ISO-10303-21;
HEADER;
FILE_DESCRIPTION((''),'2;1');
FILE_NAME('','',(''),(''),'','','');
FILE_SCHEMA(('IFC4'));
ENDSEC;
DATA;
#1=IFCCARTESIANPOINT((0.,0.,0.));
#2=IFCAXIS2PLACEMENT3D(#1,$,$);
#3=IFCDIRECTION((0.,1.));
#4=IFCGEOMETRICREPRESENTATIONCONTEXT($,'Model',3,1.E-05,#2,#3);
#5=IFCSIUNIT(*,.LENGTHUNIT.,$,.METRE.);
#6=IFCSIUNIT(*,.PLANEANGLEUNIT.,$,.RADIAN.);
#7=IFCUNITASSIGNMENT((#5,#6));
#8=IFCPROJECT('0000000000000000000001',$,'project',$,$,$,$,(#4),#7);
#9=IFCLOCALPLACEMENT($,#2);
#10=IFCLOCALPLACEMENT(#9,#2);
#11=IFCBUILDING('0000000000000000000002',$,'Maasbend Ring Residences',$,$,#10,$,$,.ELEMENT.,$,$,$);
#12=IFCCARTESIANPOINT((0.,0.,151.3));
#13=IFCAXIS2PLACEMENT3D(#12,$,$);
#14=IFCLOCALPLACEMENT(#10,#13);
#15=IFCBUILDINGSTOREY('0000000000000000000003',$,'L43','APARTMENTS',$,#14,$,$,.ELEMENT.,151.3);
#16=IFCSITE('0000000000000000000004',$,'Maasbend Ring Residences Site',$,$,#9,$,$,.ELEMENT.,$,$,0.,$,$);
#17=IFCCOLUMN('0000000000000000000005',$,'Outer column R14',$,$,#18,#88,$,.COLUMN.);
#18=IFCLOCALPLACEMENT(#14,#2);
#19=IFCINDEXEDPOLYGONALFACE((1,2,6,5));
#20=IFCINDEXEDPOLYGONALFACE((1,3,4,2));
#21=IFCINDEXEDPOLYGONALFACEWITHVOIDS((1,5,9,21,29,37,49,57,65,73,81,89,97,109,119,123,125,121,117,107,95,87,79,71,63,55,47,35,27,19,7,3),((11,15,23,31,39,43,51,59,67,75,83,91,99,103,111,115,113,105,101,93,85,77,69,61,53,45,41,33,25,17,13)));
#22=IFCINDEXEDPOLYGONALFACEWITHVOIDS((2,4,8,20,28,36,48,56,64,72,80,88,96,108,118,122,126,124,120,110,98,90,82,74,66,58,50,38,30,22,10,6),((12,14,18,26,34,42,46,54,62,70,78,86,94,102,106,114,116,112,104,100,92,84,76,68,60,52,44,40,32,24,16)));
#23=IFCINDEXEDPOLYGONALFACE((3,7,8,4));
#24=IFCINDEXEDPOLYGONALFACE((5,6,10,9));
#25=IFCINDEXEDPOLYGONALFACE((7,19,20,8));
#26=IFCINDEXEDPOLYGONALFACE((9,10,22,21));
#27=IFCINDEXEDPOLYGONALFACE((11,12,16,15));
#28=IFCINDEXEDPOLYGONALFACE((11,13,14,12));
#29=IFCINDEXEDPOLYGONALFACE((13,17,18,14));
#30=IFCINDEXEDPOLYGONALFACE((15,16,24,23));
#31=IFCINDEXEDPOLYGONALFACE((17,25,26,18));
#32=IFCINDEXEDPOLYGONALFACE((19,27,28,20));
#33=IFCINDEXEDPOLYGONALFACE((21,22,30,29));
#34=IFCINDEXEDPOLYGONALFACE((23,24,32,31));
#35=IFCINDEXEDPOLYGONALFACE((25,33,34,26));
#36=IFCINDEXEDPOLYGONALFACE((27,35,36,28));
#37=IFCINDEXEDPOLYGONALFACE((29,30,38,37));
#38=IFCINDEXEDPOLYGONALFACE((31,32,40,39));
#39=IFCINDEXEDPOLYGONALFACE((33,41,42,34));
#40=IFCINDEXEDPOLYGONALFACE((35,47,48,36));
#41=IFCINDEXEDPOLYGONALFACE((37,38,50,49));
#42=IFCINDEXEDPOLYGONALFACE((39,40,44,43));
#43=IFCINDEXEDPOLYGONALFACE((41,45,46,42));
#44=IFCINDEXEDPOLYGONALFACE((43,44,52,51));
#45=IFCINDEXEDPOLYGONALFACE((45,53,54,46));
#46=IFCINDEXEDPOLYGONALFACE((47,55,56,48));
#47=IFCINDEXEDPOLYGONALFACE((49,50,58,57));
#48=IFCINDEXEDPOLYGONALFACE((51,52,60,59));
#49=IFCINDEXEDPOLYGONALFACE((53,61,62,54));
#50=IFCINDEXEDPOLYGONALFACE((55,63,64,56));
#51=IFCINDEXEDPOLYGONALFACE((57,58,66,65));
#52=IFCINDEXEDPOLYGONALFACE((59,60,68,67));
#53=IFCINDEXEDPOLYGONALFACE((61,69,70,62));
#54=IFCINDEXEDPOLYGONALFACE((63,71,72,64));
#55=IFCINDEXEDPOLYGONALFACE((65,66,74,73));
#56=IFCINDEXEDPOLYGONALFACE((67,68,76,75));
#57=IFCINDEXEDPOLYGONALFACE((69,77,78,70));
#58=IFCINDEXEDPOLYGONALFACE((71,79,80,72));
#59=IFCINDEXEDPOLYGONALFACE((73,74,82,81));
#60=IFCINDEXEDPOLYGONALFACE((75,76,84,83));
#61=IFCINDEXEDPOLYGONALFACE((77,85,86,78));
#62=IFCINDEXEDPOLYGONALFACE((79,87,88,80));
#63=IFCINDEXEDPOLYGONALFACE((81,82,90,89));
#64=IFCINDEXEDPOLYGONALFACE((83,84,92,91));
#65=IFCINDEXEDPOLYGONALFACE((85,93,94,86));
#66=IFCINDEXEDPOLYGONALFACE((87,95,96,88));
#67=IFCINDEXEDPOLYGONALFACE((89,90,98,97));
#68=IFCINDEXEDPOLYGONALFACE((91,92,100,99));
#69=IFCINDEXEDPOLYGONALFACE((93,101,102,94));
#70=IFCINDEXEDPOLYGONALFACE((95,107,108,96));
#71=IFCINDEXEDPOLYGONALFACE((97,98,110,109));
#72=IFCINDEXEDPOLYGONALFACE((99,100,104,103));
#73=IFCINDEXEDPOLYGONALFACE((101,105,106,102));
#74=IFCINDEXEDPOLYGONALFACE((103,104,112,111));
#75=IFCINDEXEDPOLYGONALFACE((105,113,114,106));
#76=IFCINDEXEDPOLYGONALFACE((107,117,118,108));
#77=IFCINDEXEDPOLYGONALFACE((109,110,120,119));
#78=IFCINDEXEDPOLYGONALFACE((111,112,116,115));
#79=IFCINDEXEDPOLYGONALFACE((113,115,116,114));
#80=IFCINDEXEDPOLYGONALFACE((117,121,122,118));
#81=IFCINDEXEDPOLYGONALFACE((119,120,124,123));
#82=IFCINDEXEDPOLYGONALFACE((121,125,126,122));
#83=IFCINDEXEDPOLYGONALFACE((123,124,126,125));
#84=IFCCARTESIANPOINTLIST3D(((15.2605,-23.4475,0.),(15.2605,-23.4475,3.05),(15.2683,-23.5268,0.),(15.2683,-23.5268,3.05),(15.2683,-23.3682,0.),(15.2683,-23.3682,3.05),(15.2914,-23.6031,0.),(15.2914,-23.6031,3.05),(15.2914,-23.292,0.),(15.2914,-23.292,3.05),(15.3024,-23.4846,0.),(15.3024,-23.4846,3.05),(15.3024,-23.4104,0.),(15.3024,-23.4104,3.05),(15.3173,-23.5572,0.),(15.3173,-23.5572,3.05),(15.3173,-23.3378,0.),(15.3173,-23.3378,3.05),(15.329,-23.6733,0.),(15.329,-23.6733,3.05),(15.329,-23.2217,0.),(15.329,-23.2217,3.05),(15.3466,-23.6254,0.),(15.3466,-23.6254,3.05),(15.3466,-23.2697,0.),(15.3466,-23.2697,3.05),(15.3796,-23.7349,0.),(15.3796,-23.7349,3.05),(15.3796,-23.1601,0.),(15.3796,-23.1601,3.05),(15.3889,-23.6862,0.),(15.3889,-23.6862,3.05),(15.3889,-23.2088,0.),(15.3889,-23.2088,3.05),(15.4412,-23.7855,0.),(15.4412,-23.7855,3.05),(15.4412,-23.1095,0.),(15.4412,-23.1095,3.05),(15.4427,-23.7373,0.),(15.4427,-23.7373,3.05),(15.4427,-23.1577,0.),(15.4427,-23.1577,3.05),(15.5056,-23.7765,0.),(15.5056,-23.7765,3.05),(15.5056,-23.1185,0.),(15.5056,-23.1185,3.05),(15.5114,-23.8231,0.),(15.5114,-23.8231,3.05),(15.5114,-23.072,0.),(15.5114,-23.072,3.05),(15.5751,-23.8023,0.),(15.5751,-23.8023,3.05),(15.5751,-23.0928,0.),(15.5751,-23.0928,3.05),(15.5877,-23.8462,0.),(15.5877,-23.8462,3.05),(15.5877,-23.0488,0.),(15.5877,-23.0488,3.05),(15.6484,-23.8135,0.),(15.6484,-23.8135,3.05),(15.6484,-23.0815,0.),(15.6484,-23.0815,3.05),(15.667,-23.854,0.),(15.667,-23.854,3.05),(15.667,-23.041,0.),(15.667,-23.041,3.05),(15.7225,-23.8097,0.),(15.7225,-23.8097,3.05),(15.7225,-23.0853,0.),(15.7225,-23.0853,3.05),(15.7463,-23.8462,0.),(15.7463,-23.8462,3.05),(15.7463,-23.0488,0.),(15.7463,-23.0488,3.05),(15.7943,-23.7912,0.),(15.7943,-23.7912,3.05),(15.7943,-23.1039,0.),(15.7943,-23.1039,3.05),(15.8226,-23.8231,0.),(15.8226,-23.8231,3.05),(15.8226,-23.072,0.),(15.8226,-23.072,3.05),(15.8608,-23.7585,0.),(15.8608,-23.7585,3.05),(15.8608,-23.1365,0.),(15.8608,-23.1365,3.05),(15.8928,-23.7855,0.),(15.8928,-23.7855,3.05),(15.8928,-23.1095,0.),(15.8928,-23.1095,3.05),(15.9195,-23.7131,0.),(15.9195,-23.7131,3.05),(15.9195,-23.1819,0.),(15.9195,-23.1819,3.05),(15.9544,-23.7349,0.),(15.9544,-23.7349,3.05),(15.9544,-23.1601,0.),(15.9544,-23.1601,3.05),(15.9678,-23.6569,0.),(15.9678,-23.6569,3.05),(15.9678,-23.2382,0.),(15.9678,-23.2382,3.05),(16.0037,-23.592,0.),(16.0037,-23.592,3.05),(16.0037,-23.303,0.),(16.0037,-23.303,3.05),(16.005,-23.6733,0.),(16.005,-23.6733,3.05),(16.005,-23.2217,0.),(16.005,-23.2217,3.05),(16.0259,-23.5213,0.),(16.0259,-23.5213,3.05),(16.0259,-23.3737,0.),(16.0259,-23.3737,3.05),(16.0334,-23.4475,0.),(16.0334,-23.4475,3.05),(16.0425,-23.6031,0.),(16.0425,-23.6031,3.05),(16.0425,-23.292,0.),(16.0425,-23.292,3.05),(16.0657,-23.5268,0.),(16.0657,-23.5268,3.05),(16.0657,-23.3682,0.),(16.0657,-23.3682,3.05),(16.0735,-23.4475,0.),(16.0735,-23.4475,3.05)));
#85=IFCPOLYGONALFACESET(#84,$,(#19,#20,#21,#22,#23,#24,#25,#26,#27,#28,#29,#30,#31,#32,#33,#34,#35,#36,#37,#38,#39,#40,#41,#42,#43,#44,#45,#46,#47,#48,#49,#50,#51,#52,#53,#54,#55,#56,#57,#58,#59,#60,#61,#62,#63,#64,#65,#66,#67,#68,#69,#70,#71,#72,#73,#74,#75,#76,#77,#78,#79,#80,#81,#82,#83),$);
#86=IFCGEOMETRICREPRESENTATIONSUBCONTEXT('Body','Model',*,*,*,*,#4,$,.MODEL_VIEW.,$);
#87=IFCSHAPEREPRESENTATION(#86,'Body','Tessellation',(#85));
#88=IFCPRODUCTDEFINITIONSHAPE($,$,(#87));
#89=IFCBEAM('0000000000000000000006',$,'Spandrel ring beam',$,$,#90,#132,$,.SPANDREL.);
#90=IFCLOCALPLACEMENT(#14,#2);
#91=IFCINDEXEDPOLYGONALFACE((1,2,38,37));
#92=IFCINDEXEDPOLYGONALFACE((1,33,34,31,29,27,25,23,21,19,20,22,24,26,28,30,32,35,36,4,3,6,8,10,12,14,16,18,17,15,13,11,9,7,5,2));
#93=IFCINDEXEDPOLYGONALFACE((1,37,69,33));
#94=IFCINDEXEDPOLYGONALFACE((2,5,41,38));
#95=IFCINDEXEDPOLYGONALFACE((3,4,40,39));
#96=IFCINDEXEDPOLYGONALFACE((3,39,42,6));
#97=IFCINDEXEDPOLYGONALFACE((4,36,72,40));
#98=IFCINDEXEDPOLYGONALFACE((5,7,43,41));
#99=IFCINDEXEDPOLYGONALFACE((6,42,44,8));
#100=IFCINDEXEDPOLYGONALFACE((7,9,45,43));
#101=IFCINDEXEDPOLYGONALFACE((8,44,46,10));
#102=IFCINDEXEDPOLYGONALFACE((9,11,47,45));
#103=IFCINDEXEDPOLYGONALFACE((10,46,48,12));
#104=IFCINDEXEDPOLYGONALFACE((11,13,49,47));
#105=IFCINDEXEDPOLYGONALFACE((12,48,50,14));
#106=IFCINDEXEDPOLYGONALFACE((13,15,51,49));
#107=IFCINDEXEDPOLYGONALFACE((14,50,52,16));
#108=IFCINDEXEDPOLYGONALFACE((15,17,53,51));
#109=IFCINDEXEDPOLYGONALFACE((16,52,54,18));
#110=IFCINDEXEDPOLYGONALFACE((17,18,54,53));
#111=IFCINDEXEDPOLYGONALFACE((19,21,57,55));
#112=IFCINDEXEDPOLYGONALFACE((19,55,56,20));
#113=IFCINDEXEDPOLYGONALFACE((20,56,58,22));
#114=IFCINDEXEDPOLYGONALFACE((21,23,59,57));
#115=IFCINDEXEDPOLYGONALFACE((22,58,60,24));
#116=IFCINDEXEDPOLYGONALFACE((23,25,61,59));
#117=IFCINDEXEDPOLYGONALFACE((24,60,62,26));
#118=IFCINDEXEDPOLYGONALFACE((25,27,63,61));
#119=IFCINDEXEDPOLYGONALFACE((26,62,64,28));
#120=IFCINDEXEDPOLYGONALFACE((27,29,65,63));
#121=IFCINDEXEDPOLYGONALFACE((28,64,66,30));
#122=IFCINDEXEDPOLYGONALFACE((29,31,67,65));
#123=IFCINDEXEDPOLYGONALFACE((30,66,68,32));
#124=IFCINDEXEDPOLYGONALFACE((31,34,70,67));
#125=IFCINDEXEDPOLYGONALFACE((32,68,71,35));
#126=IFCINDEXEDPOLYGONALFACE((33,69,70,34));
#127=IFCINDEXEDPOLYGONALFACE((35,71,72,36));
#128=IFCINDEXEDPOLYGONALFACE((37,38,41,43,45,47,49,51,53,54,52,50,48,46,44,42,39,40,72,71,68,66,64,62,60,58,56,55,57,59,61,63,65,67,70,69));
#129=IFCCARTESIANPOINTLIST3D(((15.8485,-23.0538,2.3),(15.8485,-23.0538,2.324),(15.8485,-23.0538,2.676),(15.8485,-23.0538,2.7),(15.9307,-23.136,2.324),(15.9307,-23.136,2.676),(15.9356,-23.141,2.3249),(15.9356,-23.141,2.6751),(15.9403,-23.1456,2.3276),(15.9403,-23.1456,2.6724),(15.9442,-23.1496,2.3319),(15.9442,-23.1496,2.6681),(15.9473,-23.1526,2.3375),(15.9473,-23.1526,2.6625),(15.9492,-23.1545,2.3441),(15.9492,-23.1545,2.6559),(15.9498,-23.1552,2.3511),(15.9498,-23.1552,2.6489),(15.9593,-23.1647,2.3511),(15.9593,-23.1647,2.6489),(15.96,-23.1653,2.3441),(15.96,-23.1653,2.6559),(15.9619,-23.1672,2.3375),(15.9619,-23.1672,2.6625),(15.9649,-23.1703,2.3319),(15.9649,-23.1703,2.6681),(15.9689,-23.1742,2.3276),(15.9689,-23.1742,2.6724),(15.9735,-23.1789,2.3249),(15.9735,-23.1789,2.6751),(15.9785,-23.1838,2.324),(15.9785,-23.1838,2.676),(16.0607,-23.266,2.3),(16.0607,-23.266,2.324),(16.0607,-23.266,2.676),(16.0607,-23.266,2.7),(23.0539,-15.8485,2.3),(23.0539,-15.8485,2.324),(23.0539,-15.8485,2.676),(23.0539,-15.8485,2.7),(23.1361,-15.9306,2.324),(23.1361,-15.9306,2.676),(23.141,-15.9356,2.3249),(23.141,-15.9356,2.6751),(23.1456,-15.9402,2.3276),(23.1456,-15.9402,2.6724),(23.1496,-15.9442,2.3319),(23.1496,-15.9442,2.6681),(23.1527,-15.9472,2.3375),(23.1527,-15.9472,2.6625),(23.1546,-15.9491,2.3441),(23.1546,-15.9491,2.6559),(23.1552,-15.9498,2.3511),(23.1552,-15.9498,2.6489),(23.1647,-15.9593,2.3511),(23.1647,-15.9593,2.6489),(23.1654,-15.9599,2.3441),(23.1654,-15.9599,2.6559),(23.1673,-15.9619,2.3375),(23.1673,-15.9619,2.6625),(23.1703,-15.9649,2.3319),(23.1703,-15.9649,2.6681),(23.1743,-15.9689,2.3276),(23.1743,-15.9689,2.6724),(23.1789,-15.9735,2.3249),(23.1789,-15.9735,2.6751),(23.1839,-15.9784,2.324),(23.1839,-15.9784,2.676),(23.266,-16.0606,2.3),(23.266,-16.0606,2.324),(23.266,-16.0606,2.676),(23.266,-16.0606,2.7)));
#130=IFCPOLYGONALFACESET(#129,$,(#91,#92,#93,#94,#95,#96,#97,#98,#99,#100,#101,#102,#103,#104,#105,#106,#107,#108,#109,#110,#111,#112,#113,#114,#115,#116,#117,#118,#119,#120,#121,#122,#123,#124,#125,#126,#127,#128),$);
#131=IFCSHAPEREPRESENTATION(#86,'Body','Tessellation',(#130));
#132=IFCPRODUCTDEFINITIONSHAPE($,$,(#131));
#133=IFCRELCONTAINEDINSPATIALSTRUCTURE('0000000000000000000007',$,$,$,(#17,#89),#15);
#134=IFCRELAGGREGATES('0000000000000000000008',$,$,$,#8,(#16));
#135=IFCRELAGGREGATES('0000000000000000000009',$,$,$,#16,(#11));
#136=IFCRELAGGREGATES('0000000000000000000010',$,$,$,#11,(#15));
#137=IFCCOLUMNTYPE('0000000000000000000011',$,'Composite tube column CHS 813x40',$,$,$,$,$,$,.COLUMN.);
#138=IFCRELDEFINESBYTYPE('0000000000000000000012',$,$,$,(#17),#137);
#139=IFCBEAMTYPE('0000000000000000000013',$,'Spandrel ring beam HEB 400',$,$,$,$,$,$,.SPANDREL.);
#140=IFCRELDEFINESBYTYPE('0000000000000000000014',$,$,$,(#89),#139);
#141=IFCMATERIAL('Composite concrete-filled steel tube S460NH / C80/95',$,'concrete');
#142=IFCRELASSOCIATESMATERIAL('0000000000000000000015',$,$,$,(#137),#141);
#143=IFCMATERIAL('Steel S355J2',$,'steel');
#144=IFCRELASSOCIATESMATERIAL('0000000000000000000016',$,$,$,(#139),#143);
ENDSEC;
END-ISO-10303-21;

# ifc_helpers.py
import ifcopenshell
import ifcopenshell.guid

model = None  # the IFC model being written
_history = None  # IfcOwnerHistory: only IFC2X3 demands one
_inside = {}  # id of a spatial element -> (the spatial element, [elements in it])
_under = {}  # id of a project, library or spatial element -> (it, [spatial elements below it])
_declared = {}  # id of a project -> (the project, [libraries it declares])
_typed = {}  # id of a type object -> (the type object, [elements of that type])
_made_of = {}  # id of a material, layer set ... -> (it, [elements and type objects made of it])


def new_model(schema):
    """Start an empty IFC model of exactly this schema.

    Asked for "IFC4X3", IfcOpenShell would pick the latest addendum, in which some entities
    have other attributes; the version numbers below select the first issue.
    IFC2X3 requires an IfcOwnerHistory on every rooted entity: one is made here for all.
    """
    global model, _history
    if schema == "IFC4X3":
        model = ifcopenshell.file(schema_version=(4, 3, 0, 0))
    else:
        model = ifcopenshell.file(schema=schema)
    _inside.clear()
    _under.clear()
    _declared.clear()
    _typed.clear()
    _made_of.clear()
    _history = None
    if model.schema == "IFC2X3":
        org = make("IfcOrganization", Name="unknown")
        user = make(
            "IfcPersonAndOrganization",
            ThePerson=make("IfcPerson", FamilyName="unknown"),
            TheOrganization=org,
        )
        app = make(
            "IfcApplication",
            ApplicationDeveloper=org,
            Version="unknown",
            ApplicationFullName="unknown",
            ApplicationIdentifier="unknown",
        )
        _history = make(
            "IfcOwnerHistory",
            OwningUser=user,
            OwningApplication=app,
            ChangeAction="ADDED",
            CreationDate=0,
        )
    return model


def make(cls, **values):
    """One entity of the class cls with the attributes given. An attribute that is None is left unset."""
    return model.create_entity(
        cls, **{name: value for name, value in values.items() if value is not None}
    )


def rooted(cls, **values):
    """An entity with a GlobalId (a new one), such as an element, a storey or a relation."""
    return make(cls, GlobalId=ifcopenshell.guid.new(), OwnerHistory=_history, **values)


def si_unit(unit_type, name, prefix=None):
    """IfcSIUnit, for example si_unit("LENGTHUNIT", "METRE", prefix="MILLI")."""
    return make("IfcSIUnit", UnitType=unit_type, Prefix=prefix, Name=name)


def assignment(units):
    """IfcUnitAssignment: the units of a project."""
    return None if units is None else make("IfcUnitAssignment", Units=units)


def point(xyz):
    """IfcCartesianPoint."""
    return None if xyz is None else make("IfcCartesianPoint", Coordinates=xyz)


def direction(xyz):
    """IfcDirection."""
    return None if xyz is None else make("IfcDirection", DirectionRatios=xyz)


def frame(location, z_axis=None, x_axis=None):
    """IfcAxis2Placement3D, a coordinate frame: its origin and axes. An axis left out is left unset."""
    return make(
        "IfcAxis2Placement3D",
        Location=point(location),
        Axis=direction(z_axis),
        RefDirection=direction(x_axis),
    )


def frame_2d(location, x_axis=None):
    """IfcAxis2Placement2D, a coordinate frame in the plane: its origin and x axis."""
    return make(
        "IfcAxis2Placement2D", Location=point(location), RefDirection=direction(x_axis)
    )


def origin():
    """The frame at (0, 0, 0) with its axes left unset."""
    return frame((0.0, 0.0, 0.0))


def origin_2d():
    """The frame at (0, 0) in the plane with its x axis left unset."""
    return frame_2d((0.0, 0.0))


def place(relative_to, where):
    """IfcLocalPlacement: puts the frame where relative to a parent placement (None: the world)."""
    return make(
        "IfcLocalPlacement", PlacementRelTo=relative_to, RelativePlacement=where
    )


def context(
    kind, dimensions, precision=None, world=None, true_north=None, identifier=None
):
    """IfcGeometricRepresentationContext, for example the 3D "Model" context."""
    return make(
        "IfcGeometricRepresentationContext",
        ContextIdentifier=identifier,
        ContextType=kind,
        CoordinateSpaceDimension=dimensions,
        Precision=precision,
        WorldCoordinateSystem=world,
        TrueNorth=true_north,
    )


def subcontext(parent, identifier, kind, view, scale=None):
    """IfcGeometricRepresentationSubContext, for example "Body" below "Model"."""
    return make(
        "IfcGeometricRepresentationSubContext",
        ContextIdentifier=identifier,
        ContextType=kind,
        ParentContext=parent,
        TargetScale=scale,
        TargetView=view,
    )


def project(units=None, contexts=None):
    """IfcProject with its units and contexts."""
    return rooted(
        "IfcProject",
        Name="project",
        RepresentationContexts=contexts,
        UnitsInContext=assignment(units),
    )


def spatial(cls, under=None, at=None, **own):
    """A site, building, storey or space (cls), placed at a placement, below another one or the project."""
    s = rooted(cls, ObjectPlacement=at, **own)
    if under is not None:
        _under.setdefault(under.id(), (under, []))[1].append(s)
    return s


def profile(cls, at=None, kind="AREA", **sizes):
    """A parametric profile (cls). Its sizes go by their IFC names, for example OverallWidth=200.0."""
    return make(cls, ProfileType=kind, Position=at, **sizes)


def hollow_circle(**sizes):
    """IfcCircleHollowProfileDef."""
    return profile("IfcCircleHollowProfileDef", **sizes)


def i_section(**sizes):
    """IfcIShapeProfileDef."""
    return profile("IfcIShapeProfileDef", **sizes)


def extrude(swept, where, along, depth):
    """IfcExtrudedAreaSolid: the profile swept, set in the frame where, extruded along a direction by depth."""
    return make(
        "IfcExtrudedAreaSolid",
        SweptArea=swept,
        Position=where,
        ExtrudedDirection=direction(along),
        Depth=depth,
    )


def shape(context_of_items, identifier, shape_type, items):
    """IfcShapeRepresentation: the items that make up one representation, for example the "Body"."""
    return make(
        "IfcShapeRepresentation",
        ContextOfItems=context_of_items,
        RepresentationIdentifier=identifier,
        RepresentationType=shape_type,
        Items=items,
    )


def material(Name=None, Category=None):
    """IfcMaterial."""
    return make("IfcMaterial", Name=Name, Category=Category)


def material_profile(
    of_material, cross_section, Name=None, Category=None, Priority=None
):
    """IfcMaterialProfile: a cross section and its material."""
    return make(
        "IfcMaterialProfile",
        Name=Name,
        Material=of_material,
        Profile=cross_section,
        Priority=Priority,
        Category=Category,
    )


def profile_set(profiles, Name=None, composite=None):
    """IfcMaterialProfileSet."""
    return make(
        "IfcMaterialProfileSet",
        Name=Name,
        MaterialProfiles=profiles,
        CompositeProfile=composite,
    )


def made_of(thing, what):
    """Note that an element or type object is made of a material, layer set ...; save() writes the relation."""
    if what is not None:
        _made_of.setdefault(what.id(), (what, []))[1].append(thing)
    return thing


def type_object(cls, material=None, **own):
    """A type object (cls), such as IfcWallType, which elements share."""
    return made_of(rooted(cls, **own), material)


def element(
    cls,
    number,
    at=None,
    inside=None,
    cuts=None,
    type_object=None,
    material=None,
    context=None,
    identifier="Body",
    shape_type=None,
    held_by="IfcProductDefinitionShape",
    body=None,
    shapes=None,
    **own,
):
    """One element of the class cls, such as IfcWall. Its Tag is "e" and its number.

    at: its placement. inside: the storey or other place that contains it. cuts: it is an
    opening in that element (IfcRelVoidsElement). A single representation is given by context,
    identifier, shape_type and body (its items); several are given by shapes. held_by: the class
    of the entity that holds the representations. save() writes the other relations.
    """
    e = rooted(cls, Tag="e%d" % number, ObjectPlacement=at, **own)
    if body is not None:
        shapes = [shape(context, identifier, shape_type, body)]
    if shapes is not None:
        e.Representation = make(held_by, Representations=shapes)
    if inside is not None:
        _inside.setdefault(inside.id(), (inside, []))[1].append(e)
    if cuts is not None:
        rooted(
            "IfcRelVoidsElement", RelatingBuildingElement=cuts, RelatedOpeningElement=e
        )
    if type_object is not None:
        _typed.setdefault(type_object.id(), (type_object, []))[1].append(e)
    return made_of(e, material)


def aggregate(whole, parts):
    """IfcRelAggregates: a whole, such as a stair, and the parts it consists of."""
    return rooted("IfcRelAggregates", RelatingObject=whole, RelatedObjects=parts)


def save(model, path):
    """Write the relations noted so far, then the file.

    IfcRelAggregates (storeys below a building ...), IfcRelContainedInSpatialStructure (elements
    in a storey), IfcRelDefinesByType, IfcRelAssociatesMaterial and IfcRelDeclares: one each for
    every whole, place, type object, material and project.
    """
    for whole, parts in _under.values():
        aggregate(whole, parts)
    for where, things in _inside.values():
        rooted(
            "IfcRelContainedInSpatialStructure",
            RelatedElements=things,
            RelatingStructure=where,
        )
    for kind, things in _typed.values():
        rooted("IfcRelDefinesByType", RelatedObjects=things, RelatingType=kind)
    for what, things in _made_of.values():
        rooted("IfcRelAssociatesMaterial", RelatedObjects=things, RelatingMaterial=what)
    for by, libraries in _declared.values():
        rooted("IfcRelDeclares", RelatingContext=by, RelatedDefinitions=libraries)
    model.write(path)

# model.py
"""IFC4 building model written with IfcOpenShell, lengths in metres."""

from ifc_helpers import new_model, si_unit, direction, frame, origin, origin_2d, place, context, subcontext, project, spatial, hollow_circle, i_section, extrude, material, material_profile, profile_set, type_object, element, save


model = new_model("IFC4")

# Units and contexts
model_context = context("Model", 3, precision=1e-05, world=origin(), true_north=direction((0.0, 1.0)))
body_context = subcontext(model_context, "Body", "Model", "MODEL_VIEW")
ifc_project = project(units=[si_unit("LENGTHUNIT", "METRE"), si_unit("PLANEANGLEUNIT", "RADIAN")], contexts=[model_context])

# Site, building, storey
site_placement = place(None, origin())
site = spatial("IfcSite", under=ifc_project, at=site_placement, Name="Maasbend Ring Residences Site", CompositionType="ELEMENT", RefElevation=0.0)
building_placement = place(site_placement, origin())
building = spatial("IfcBuilding", under=site, at=building_placement, Name="Maasbend Ring Residences", CompositionType="ELEMENT")
storey_placement = place(building_placement, frame((0.0, 0.0, 151.3)))
storey = spatial("IfcBuildingStorey", under=building, at=storey_placement, Name="L43", Description="APARTMENTS", CompositionType="ELEMENT", Elevation=151.3)

# Column
ifc_material_1 = material(Name="Composite concrete-filled steel tube S460NH / C80/95", Category="concrete")
ifc_material_profile_1 = material_profile(ifc_material_1, hollow_circle(Radius=0.4065, WallThickness=0.04, at=origin_2d()), Name="Composite tube column CHS 813x40")
ifc_profile_set_1 = profile_set([ifc_material_profile_1], Name="Composite concrete-filled steel tube S460NH / C80/95")
column_type = type_object("IfcColumnType", Name="Composite tube column CHS 813x40", PredefinedType="COLUMN", material=ifc_profile_set_1)
column_placement = place(storey_placement, frame((15.667, -23.4475, 0.0), z_axis=(0.0, 0.0, 1.0), x_axis=(1.0, 0.0, 0.0)))
element("IfcColumn", 1, at=column_placement, inside=storey, type_object=column_type, Name="Outer column R14", PredefinedType="COLUMN", context=body_context, shape_type="SweptSolid", body=[
    extrude(hollow_circle(Radius=0.4065, WallThickness=0.04, at=origin_2d()), origin(), (0.0, 0.0, 1.0), 3.05),
])

# Beam
ifc_material_2 = material(Name="Steel S355J2", Category="steel")
ifc_material_profile_2 = material_profile(ifc_material_2, i_section(OverallWidth=0.3, OverallDepth=0.3999, WebThickness=0.0134, FlangeThickness=0.0239, FilletRadius=0.0271, at=origin_2d()), Name="HEB 400")
ifc_profile_set_2 = profile_set([ifc_material_profile_2], Name="Steel S355J2")
beam_type = type_object("IfcBeamType", Name="Spandrel ring beam HEB 400", PredefinedType="SPANDREL", material=ifc_profile_set_2)
beam_placement = place(storey_placement, frame((15.9546, -23.1599, 2.5), z_axis=(0.707107, 0.707107, 0.0), x_axis=(-0.707107, 0.707107, 0.0)))
element("IfcBeam", 2, at=beam_placement, inside=storey, type_object=beam_type, Name="Spandrel ring beam", PredefinedType="SPANDREL", context=body_context, shape_type="SweptSolid", body=[
    extrude(i_section(OverallWidth=0.3, OverallDepth=0.3999, WebThickness=0.0134, FlangeThickness=0.0239, FilletRadius=0.0271, at=origin_2d()), origin(), (0.0, 0.0, 1.0), 10.1899),
])

save(model, "model.ifc")
